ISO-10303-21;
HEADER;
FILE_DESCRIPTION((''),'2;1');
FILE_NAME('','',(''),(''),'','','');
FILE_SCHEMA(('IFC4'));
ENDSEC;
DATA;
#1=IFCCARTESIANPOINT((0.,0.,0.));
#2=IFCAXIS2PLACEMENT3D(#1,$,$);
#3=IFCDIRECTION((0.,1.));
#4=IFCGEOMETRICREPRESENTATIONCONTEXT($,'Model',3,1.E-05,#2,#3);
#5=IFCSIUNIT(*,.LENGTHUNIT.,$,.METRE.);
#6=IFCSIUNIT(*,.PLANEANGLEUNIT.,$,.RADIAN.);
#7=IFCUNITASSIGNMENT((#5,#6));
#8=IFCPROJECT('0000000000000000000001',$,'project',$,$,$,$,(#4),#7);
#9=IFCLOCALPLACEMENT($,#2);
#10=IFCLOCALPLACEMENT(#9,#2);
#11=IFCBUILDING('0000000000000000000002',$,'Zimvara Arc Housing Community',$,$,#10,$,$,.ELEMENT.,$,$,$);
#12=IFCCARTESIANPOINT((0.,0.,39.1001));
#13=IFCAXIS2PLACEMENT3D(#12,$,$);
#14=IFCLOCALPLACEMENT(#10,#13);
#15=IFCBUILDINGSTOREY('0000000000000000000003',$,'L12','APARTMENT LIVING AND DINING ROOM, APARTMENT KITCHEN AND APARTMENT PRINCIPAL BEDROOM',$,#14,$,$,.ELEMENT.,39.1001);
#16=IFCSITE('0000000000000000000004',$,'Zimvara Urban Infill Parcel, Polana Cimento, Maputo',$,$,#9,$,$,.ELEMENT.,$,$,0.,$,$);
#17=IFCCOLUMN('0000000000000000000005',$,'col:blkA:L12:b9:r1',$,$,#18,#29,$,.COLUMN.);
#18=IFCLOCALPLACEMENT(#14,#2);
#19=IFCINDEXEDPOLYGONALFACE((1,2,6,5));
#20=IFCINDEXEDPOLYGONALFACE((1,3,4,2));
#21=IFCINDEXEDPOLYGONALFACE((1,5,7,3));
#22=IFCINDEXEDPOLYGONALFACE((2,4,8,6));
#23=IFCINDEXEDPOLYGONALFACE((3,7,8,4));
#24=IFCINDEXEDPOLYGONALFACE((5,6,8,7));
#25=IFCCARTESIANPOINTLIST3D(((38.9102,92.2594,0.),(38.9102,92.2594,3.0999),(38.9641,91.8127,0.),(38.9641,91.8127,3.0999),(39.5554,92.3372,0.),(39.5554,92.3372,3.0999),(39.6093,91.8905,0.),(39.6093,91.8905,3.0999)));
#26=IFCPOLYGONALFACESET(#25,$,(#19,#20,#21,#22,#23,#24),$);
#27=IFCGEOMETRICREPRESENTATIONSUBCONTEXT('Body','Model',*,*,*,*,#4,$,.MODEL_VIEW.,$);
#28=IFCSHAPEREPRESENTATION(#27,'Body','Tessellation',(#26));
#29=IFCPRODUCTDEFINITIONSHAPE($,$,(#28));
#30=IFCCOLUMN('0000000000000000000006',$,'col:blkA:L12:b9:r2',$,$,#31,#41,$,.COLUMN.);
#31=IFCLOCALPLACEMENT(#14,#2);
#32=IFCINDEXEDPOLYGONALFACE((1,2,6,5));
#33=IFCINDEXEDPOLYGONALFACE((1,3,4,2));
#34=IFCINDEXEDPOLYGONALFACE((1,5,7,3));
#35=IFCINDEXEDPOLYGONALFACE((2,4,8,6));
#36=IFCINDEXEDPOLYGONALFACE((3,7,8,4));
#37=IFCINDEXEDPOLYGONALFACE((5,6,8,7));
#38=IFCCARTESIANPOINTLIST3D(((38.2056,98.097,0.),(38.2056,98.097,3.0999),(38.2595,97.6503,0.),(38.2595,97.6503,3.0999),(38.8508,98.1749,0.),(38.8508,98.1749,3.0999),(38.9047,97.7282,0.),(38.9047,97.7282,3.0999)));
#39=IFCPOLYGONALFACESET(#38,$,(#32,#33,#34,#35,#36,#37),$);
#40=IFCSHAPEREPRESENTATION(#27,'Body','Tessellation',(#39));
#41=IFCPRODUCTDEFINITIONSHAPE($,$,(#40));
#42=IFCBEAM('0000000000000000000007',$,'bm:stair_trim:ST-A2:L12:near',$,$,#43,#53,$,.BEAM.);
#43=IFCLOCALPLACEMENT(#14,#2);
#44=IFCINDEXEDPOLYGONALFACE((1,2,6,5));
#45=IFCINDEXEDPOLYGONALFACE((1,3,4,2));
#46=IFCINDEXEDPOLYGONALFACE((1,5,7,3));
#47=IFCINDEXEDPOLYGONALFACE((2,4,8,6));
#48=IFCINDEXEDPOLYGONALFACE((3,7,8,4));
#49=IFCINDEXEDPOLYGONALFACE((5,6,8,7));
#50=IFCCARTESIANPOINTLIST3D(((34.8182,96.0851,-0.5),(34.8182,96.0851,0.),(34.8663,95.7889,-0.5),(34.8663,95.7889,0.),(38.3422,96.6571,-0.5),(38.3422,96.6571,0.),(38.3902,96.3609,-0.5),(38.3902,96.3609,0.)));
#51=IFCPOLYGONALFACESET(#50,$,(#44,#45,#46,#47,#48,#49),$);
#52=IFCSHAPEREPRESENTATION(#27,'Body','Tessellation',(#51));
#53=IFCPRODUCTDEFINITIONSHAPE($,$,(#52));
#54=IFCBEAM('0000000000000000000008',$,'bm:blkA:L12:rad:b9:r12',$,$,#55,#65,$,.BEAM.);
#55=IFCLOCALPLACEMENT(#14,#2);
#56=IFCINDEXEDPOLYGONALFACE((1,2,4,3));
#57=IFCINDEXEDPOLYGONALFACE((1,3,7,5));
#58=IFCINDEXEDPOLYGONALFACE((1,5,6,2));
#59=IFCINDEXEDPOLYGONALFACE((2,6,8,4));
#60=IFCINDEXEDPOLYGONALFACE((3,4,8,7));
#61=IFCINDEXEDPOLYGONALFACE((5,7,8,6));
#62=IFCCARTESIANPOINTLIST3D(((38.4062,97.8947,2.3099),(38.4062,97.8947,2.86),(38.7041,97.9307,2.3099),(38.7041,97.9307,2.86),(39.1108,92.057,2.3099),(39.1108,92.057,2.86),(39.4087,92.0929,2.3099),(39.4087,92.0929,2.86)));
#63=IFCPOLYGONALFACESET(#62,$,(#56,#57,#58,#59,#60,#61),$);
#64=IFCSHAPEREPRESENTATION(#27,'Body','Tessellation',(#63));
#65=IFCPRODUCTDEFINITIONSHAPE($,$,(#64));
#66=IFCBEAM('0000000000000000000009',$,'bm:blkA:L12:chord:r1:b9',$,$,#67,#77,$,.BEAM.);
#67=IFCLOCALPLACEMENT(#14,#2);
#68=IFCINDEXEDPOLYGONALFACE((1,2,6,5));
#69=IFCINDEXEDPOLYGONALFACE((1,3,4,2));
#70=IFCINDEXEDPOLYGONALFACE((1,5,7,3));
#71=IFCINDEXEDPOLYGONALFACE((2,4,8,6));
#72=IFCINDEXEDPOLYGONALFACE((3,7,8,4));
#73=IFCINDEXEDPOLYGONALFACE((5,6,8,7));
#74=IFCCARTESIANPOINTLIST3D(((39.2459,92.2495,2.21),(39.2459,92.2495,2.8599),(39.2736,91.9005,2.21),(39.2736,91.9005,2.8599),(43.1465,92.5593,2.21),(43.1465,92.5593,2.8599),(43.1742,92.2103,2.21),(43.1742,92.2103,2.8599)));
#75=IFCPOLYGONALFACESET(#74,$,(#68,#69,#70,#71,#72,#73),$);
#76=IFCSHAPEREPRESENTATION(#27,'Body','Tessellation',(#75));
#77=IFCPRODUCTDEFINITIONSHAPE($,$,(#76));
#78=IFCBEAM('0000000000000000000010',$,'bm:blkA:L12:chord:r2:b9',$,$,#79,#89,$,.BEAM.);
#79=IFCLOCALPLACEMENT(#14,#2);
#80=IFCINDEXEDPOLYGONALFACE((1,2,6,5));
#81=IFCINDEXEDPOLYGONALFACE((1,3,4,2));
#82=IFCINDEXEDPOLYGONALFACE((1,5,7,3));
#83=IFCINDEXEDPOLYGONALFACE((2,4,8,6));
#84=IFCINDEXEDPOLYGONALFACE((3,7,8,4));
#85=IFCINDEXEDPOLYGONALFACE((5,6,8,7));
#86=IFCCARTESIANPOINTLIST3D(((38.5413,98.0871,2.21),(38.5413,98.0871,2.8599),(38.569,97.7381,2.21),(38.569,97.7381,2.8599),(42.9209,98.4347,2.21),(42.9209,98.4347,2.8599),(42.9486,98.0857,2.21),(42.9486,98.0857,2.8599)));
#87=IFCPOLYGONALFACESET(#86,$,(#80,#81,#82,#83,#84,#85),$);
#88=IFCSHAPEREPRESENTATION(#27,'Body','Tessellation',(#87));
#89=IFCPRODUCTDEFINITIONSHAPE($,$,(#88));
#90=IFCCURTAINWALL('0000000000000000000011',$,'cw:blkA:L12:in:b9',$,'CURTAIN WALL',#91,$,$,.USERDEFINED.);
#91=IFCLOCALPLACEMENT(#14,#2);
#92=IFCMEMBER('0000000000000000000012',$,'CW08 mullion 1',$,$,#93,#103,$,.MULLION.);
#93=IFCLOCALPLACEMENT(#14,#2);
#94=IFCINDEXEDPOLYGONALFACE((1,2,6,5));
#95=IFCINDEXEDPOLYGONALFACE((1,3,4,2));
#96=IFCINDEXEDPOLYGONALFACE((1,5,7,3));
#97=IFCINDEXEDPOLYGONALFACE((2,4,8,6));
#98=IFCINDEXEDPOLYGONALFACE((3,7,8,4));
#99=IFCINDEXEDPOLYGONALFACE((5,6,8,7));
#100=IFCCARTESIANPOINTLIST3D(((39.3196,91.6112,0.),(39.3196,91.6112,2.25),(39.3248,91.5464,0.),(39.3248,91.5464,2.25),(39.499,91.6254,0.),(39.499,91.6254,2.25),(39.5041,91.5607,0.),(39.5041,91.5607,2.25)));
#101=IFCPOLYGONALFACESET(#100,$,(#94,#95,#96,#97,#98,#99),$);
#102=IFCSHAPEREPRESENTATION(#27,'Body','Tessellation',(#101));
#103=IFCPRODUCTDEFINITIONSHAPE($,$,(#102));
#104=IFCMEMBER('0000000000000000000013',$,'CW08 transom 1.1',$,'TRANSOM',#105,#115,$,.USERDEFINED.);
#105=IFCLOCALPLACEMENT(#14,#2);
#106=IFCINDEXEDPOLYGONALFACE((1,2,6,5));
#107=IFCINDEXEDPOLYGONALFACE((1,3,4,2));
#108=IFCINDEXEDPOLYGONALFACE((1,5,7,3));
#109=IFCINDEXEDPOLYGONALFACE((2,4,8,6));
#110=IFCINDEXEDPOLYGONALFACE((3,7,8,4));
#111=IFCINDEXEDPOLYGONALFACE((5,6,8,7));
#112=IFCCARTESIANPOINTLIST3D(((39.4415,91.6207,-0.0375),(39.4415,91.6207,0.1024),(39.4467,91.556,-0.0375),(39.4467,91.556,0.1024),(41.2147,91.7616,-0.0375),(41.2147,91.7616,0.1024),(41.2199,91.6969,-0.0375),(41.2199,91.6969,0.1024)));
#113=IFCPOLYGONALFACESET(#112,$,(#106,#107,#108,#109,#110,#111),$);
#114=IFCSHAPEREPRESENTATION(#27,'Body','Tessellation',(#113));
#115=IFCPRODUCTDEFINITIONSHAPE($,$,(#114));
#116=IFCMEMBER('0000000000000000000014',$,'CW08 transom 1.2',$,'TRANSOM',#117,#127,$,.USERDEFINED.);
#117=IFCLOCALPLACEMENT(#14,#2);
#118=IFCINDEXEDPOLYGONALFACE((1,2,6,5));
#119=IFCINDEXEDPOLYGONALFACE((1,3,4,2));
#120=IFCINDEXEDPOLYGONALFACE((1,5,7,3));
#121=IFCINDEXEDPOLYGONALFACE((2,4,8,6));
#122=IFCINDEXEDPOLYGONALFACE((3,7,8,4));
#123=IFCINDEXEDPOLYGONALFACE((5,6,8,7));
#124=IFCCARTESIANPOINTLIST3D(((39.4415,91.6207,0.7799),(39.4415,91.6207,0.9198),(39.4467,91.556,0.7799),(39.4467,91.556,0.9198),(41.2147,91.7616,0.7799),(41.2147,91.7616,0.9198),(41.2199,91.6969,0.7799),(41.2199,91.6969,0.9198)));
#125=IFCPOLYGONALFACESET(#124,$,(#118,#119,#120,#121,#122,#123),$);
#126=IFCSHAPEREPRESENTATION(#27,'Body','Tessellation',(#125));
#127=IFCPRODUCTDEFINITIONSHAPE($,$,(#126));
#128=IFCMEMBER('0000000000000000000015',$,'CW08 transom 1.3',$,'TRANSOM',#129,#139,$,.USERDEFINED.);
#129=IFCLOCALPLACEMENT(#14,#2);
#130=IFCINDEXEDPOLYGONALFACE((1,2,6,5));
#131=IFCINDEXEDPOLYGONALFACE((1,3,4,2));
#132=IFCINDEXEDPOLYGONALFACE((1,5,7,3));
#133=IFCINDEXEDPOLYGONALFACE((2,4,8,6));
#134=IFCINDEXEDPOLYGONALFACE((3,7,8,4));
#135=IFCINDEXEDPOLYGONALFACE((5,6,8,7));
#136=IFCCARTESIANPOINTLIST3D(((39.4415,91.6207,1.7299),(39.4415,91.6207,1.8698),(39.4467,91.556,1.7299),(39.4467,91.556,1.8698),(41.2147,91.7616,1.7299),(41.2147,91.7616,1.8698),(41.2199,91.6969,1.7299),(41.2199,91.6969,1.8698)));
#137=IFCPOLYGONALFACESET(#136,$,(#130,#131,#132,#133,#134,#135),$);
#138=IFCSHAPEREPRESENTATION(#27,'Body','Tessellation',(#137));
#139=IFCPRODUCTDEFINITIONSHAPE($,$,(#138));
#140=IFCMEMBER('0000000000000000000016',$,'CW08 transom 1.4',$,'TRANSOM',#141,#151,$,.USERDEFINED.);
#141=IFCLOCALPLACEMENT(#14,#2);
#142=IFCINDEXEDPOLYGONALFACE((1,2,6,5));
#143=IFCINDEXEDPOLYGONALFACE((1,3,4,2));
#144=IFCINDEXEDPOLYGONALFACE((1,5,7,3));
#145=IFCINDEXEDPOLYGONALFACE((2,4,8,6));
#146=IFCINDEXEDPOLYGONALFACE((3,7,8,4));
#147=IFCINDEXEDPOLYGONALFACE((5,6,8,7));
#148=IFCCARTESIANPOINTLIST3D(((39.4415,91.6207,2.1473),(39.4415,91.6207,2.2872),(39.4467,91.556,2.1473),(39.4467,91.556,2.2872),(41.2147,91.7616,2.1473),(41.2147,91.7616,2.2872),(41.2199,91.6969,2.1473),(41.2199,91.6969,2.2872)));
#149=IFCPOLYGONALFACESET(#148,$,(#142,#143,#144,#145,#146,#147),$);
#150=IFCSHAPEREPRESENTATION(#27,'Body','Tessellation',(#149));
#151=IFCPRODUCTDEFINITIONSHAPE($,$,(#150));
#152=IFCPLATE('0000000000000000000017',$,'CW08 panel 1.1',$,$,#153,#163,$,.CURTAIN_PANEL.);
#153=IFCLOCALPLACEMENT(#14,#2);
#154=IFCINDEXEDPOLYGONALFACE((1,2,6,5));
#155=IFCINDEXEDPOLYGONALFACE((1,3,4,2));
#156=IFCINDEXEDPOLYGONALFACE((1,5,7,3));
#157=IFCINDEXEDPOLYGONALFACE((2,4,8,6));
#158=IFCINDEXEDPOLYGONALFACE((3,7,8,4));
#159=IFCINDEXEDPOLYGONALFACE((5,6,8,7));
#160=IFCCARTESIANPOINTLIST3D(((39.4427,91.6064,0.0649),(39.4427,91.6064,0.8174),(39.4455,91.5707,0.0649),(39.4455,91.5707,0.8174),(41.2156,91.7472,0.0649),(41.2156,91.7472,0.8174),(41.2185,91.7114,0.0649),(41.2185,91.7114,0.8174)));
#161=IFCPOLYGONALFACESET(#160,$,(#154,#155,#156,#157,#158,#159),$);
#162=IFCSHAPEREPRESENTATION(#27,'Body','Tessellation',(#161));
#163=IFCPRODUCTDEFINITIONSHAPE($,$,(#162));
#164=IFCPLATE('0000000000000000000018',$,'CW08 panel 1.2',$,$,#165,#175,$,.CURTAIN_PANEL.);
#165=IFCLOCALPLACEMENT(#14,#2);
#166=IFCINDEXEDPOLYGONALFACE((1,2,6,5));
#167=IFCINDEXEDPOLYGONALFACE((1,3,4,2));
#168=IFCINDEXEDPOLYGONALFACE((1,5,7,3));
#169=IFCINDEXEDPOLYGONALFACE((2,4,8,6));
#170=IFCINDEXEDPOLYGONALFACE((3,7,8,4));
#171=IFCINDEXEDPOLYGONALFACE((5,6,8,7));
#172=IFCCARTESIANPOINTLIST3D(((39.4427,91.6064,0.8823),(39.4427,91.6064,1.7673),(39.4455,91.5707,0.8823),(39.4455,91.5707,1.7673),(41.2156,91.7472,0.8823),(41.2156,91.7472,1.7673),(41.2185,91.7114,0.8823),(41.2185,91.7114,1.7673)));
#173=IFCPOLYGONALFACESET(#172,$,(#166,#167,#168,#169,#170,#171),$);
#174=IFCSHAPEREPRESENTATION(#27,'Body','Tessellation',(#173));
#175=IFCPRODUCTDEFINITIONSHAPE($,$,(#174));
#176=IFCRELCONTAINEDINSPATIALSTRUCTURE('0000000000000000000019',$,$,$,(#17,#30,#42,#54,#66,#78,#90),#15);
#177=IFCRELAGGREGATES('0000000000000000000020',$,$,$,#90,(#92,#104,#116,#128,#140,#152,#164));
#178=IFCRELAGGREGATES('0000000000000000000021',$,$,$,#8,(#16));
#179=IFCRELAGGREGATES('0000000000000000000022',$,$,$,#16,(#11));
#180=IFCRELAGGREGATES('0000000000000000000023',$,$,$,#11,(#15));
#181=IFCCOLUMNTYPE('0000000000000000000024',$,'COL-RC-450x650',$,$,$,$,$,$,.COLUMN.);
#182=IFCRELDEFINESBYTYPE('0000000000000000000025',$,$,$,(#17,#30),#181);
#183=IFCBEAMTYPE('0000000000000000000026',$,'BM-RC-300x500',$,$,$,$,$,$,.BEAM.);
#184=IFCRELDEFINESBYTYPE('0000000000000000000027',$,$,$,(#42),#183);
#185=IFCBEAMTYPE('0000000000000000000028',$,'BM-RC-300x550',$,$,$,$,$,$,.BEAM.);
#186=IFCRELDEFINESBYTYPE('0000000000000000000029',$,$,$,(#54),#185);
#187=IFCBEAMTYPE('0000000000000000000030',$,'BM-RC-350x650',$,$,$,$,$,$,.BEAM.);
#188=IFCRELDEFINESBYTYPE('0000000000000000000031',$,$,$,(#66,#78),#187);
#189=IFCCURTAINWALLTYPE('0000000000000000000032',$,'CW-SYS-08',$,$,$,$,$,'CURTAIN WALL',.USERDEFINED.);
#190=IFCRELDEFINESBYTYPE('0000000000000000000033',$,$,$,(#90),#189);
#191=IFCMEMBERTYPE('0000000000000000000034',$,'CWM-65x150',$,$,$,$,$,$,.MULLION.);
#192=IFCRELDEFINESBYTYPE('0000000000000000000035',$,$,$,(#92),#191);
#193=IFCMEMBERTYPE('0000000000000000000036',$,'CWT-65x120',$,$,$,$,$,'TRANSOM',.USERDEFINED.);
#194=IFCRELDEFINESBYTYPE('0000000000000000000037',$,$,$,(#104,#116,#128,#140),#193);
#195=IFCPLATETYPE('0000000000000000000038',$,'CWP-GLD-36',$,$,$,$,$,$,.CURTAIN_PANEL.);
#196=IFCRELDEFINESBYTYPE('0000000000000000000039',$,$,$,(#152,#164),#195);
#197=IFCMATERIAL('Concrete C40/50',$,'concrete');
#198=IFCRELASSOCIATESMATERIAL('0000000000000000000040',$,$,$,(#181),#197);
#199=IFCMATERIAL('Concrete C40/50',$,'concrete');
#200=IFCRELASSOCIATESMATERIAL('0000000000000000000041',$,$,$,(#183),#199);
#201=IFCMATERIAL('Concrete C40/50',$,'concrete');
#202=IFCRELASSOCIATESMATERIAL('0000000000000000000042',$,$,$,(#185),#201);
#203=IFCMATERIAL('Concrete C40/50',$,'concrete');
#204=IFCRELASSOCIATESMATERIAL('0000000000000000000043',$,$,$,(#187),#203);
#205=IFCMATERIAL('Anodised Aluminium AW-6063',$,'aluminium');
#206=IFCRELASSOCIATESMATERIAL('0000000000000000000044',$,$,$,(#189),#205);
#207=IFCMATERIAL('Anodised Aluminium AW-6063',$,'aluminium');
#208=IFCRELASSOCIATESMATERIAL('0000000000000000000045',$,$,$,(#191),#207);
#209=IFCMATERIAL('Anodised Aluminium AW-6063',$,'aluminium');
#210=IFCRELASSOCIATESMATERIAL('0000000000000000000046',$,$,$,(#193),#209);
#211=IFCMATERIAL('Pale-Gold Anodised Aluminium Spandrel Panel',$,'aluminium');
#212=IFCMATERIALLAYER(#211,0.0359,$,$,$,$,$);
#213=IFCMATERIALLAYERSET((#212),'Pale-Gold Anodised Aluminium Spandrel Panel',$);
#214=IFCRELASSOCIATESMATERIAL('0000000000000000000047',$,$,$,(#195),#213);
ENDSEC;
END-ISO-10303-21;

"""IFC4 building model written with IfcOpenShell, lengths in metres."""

from ifc_helpers import new_model, si_unit, direction, frame, origin, origin_2d, place, context, subcontext, project, spatial, rectangle, extrude, material, layer, layer_set, material_profile, profile_set, type_object, element, aggregate, save


model = new_model("IFC4")

# Units and contexts
model_context = context("Model", 3, precision=1e-05, world=origin(), true_north=direction((0.0, 1.0)))
body_context = subcontext(model_context, "Body", "Model", "MODEL_VIEW")
ifc_project = project(units=[si_unit("LENGTHUNIT", "METRE"), si_unit("PLANEANGLEUNIT", "RADIAN")], contexts=[model_context])

# Site, building, storey
site_placement = place(None, origin())
site = spatial("IfcSite", under=ifc_project, at=site_placement, Name="Zimvara Urban Infill Parcel, Polana Cimento, Maputo", CompositionType="ELEMENT", RefElevation=0.0)
building_placement = place(site_placement, origin())
building = spatial("IfcBuilding", under=site, at=building_placement, Name="Zimvara Arc Housing Community", CompositionType="ELEMENT")
storey_placement = place(building_placement, frame((0.0, 0.0, 39.1001)))
storey = spatial("IfcBuildingStorey", under=building, at=storey_placement, Name="L12", Description="APARTMENT LIVING AND DINING ROOM, APARTMENT KITCHEN AND APARTMENT PRINCIPAL BEDROOM", CompositionType="ELEMENT", Elevation=39.1001)

# Columns
ifc_material_1 = material(Name="Concrete C40/50", Category="concrete")
ifc_material_profile_1 = material_profile(ifc_material_1, rectangle(XDim=0.45, YDim=0.6499, at=origin_2d()), Name="RC 450x650")
ifc_profile_set_1 = profile_set([ifc_material_profile_1], Name="Concrete C40/50")
column_type = type_object("IfcColumnType", Name="COL-RC-450x650", PredefinedType="COLUMN", material=ifc_profile_set_1)
for number, where, z_axis, x_axis, name in (
    (1, (39.2598, 92.075, 0.0), (0.0, 0.0, 1.0), (-0.11979, 0.992799, 0.0), "col:blkA:L12:b9:r1"),
    (2, (38.5552, 97.9126, 0.0), (0.0, 0.0, 1.0), (-0.11979, 0.992799, 0.0), "col:blkA:L12:b9:r2"),
):
    element("IfcColumn", number, at=place(storey_placement, frame(where, z_axis=z_axis, x_axis=x_axis)), inside=storey, type_object=column_type, Name=name, PredefinedType="COLUMN", context=body_context, shape_type="SweptSolid", body=[
        extrude(rectangle(XDim=0.45, YDim=0.6499, at=origin_2d()), origin(), (0.0, 0.0, 1.0), 3.0999),
    ])

# Beams
ifc_material_2 = material(Name="Concrete C40/50", Category="concrete")
ifc_material_profile_2 = material_profile(ifc_material_2, rectangle(XDim=0.3, YDim=0.5, at=origin_2d()), Name="RC 300x500")
ifc_profile_set_2 = profile_set([ifc_material_profile_2], Name="Concrete C40/50")
beam_type_1 = type_object("IfcBeamType", Name="BM-RC-300x500", PredefinedType="BEAM", material=ifc_profile_set_2)
beam_1_placement = place(storey_placement, frame((38.3662, 96.509, -0.25), z_axis=(-0.98708, -0.160228, 0.0), x_axis=(0.160228, -0.98708, 0.0)))
element("IfcBeam", 3, at=beam_1_placement, inside=storey, type_object=beam_type_1, Name="bm:stair_trim:ST-A2:L12:near", PredefinedType="BEAM", context=body_context, shape_type="SweptSolid", body=[
    extrude(rectangle(XDim=0.3, YDim=0.5, at=origin_2d()), origin(), (0.0, 0.0, 1.0), 3.5701),
])
ifc_material_3 = material(Name="Concrete C40/50", Category="concrete")
ifc_material_profile_3 = material_profile(ifc_material_3, rectangle(XDim=0.3, YDim=0.55, at=origin_2d()), Name="RC 300x550")
ifc_profile_set_3 = profile_set([ifc_material_profile_3], Name="Concrete C40/50")
beam_type_2 = type_object("IfcBeamType", Name="BM-RC-300x550", PredefinedType="BEAM", material=ifc_profile_set_3)
beam_2_placement = place(storey_placement, frame((39.2598, 92.075, 2.585), z_axis=(-0.119828, 0.992795, 0.0), x_axis=(-0.992795, -0.119828, 0.0)))
element("IfcBeam", 4, at=beam_2_placement, inside=storey, type_object=beam_type_2, Name="bm:blkA:L12:rad:b9:r12", PredefinedType="BEAM", context=body_context, shape_type="SweptSolid", body=[
    extrude(rectangle(XDim=0.3, YDim=0.55, at=origin_2d()), origin(), (0.0, 0.0, 1.0), 5.8801),
])
ifc_material_4 = material(Name="Concrete C40/50", Category="concrete")
ifc_material_profile_4 = material_profile(ifc_material_4, rectangle(XDim=0.3501, YDim=0.6499, at=origin_2d()), Name="RC 350x650")
ifc_profile_set_4 = profile_set([ifc_material_profile_4], Name="Concrete C40/50")
beam_type_3 = type_object("IfcBeamType", Name="BM-RC-350x650", PredefinedType="BEAM", material=ifc_profile_set_4)
beam_3_placement = place(storey_placement, frame((39.2598, 92.075, 2.5349), z_axis=(0.996861, 0.079177, 0.0), x_axis=(-0.079177, 0.996861, 0.0)))
element("IfcBeam", 5, at=beam_3_placement, inside=storey, type_object=beam_type_3, Name="bm:blkA:L12:chord:r1:b9", PredefinedType="BEAM", context=body_context, shape_type="SweptSolid", body=[
    extrude(rectangle(XDim=0.3501, YDim=0.6499, at=origin_2d()), origin(), (0.0, 0.0, 1.0), 3.9128),
])
beam_4_placement = place(storey_placement, frame((38.5552, 97.9126, 2.5349), z_axis=(0.996864, 0.079131, 0.0), x_axis=(-0.079131, 0.996864, 0.0)))
element("IfcBeam", 6, at=beam_4_placement, inside=storey, type_object=beam_type_3, Name="bm:blkA:L12:chord:r2:b9", PredefinedType="BEAM", context=body_context, shape_type="SweptSolid", body=[
    extrude(rectangle(XDim=0.3501, YDim=0.6499, at=origin_2d()), origin(), (0.0, 0.0, 1.0), 4.3933),
])

# Curtain wall, members, plates
ifc_material_5 = material(Name="Anodised Aluminium AW-6063", Category="aluminium")
curtain_wall_type = type_object("IfcCurtainWallType", Name="CW-SYS-08", ElementType="CURTAIN WALL", PredefinedType="USERDEFINED", material=ifc_material_5)
curtain_wall_placement = place(storey_placement, origin())
curtain_wall = element("IfcCurtainWall", 7, at=curtain_wall_placement, inside=storey, type_object=curtain_wall_type, Name="cw:blkA:L12:in:b9", ObjectType="CURTAIN WALL", PredefinedType="USERDEFINED")
ifc_material_6 = material(Name="Anodised Aluminium AW-6063", Category="aluminium")
ifc_material_profile_5 = material_profile(ifc_material_6, rectangle(XDim=0.0649, YDim=0.1799, at=origin_2d()), Name="ALU 65x180")
ifc_profile_set_5 = profile_set([ifc_material_profile_5], Name="Anodised Aluminium AW-6063")
member_type_1 = type_object("IfcMemberType", Name="CWM-65x150", PredefinedType="MULLION", material=ifc_profile_set_5)
member_1_placement = place(storey_placement, frame((39.4119, 91.5859, 0.0), z_axis=(0.0, 0.0, 1.0), x_axis=(-0.079155, 0.996862, 0.0)))
member_1 = element("IfcMember", 8, at=member_1_placement, type_object=member_type_1, Name="CW08 mullion 1", PredefinedType="MULLION", context=body_context, shape_type="SweptSolid", body=[
    extrude(rectangle(XDim=0.0649, YDim=0.1799, at=origin_2d()), origin(), (0.0, 0.0, 1.0), 2.25),
])
ifc_material_7 = material(Name="Anodised Aluminium AW-6063", Category="aluminium")
ifc_material_profile_6 = material_profile(ifc_material_7, rectangle(XDim=0.0649, YDim=0.1399, at=origin_2d()), Name="ALU 65x140")
ifc_profile_set_6 = profile_set([ifc_material_profile_6], Name="Anodised Aluminium AW-6063")
member_type_2 = type_object("IfcMemberType", Name="CWT-65x120", ElementType="TRANSOM", PredefinedType="USERDEFINED", material=ifc_profile_set_6)
member_2_placement = place(storey_placement, frame((39.4441, 91.5884, 0.0325), z_axis=(0.996859, 0.079194, 0.0), x_axis=(-0.079194, 0.996859, 0.0)))
member_2 = element("IfcMember", 9, at=member_2_placement, type_object=member_type_2, Name="CW08 transom 1.1", ObjectType="TRANSOM", PredefinedType="USERDEFINED", context=body_context, shape_type="SweptSolid", body=[
    extrude(rectangle(XDim=0.0649, YDim=0.1399, at=origin_2d()), origin(), (0.0, 0.0, 1.0), 1.7788),
])
member_3_placement = place(storey_placement, frame((39.4441, 91.5884, 0.8499), z_axis=(0.996859, 0.079194, 0.0), x_axis=(-0.079194, 0.996859, 0.0)))
member_3 = element("IfcMember", 10, at=member_3_placement, type_object=member_type_2, Name="CW08 transom 1.2", ObjectType="TRANSOM", PredefinedType="USERDEFINED", context=body_context, shape_type="SweptSolid", body=[
    extrude(rectangle(XDim=0.0649, YDim=0.1399, at=origin_2d()), origin(), (0.0, 0.0, 1.0), 1.7788),
])
member_4_placement = place(storey_placement, frame((39.4441, 91.5884, 1.7998), z_axis=(0.996859, 0.079194, 0.0), x_axis=(-0.079194, 0.996859, 0.0)))
member_4 = element("IfcMember", 11, at=member_4_placement, type_object=member_type_2, Name="CW08 transom 1.3", ObjectType="TRANSOM", PredefinedType="USERDEFINED", context=body_context, shape_type="SweptSolid", body=[
    extrude(rectangle(XDim=0.0649, YDim=0.1399, at=origin_2d()), origin(), (0.0, 0.0, 1.0), 1.7788),
])
member_5_placement = place(storey_placement, frame((39.4441, 91.5884, 2.2173), z_axis=(0.996859, 0.079194, 0.0), x_axis=(-0.079194, 0.996859, 0.0)))
member_5 = element("IfcMember", 12, at=member_5_placement, type_object=member_type_2, Name="CW08 transom 1.4", ObjectType="TRANSOM", PredefinedType="USERDEFINED", context=body_context, shape_type="SweptSolid", body=[
    extrude(rectangle(XDim=0.0649, YDim=0.1399, at=origin_2d()), origin(), (0.0, 0.0, 1.0), 1.7788),
])
ifc_material_8 = material(Name="Pale-Gold Anodised Aluminium Spandrel Panel", Category="aluminium")
ifc_layer_1 = layer(ifc_material_8, 0.0359)
ifc_layer_set_1 = layer_set([ifc_layer_1], Name="Pale-Gold Anodised Aluminium Spandrel Panel")
plate_type = type_object("IfcPlateType", Name="CWP-GLD-36", PredefinedType="CURTAIN_PANEL", material=ifc_layer_set_1)
plate_1_placement = place(storey_placement, frame((40.3306, 91.6589, 0.0649), z_axis=(0.0, 0.0, 1.0), x_axis=(0.996862, 0.079155, 0.0)))
plate_1 = element("IfcPlate", 13, at=plate_1_placement, type_object=plate_type, Name="CW08 panel 1.1", PredefinedType="CURTAIN_PANEL", context=body_context, shape_type="SweptSolid", body=[
    extrude(rectangle(XDim=1.7786, YDim=0.0359, at=origin_2d()), origin(), (0.0, 0.0, 1.0), 0.7524),
])
plate_2_placement = place(storey_placement, frame((40.3306, 91.6589, 0.8823), z_axis=(0.0, 0.0, 1.0), x_axis=(0.996862, 0.079155, 0.0)))
plate_2 = element("IfcPlate", 14, at=plate_2_placement, type_object=plate_type, Name="CW08 panel 1.2", PredefinedType="CURTAIN_PANEL", context=body_context, shape_type="SweptSolid", body=[
    extrude(rectangle(XDim=1.7786, YDim=0.0359, at=origin_2d()), origin(), (0.0, 0.0, 1.0), 0.885),
])
aggregate(curtain_wall, [member_1, member_2, member_3, member_4, member_5, plate_1, plate_2])

save(model, "model.ifc")
